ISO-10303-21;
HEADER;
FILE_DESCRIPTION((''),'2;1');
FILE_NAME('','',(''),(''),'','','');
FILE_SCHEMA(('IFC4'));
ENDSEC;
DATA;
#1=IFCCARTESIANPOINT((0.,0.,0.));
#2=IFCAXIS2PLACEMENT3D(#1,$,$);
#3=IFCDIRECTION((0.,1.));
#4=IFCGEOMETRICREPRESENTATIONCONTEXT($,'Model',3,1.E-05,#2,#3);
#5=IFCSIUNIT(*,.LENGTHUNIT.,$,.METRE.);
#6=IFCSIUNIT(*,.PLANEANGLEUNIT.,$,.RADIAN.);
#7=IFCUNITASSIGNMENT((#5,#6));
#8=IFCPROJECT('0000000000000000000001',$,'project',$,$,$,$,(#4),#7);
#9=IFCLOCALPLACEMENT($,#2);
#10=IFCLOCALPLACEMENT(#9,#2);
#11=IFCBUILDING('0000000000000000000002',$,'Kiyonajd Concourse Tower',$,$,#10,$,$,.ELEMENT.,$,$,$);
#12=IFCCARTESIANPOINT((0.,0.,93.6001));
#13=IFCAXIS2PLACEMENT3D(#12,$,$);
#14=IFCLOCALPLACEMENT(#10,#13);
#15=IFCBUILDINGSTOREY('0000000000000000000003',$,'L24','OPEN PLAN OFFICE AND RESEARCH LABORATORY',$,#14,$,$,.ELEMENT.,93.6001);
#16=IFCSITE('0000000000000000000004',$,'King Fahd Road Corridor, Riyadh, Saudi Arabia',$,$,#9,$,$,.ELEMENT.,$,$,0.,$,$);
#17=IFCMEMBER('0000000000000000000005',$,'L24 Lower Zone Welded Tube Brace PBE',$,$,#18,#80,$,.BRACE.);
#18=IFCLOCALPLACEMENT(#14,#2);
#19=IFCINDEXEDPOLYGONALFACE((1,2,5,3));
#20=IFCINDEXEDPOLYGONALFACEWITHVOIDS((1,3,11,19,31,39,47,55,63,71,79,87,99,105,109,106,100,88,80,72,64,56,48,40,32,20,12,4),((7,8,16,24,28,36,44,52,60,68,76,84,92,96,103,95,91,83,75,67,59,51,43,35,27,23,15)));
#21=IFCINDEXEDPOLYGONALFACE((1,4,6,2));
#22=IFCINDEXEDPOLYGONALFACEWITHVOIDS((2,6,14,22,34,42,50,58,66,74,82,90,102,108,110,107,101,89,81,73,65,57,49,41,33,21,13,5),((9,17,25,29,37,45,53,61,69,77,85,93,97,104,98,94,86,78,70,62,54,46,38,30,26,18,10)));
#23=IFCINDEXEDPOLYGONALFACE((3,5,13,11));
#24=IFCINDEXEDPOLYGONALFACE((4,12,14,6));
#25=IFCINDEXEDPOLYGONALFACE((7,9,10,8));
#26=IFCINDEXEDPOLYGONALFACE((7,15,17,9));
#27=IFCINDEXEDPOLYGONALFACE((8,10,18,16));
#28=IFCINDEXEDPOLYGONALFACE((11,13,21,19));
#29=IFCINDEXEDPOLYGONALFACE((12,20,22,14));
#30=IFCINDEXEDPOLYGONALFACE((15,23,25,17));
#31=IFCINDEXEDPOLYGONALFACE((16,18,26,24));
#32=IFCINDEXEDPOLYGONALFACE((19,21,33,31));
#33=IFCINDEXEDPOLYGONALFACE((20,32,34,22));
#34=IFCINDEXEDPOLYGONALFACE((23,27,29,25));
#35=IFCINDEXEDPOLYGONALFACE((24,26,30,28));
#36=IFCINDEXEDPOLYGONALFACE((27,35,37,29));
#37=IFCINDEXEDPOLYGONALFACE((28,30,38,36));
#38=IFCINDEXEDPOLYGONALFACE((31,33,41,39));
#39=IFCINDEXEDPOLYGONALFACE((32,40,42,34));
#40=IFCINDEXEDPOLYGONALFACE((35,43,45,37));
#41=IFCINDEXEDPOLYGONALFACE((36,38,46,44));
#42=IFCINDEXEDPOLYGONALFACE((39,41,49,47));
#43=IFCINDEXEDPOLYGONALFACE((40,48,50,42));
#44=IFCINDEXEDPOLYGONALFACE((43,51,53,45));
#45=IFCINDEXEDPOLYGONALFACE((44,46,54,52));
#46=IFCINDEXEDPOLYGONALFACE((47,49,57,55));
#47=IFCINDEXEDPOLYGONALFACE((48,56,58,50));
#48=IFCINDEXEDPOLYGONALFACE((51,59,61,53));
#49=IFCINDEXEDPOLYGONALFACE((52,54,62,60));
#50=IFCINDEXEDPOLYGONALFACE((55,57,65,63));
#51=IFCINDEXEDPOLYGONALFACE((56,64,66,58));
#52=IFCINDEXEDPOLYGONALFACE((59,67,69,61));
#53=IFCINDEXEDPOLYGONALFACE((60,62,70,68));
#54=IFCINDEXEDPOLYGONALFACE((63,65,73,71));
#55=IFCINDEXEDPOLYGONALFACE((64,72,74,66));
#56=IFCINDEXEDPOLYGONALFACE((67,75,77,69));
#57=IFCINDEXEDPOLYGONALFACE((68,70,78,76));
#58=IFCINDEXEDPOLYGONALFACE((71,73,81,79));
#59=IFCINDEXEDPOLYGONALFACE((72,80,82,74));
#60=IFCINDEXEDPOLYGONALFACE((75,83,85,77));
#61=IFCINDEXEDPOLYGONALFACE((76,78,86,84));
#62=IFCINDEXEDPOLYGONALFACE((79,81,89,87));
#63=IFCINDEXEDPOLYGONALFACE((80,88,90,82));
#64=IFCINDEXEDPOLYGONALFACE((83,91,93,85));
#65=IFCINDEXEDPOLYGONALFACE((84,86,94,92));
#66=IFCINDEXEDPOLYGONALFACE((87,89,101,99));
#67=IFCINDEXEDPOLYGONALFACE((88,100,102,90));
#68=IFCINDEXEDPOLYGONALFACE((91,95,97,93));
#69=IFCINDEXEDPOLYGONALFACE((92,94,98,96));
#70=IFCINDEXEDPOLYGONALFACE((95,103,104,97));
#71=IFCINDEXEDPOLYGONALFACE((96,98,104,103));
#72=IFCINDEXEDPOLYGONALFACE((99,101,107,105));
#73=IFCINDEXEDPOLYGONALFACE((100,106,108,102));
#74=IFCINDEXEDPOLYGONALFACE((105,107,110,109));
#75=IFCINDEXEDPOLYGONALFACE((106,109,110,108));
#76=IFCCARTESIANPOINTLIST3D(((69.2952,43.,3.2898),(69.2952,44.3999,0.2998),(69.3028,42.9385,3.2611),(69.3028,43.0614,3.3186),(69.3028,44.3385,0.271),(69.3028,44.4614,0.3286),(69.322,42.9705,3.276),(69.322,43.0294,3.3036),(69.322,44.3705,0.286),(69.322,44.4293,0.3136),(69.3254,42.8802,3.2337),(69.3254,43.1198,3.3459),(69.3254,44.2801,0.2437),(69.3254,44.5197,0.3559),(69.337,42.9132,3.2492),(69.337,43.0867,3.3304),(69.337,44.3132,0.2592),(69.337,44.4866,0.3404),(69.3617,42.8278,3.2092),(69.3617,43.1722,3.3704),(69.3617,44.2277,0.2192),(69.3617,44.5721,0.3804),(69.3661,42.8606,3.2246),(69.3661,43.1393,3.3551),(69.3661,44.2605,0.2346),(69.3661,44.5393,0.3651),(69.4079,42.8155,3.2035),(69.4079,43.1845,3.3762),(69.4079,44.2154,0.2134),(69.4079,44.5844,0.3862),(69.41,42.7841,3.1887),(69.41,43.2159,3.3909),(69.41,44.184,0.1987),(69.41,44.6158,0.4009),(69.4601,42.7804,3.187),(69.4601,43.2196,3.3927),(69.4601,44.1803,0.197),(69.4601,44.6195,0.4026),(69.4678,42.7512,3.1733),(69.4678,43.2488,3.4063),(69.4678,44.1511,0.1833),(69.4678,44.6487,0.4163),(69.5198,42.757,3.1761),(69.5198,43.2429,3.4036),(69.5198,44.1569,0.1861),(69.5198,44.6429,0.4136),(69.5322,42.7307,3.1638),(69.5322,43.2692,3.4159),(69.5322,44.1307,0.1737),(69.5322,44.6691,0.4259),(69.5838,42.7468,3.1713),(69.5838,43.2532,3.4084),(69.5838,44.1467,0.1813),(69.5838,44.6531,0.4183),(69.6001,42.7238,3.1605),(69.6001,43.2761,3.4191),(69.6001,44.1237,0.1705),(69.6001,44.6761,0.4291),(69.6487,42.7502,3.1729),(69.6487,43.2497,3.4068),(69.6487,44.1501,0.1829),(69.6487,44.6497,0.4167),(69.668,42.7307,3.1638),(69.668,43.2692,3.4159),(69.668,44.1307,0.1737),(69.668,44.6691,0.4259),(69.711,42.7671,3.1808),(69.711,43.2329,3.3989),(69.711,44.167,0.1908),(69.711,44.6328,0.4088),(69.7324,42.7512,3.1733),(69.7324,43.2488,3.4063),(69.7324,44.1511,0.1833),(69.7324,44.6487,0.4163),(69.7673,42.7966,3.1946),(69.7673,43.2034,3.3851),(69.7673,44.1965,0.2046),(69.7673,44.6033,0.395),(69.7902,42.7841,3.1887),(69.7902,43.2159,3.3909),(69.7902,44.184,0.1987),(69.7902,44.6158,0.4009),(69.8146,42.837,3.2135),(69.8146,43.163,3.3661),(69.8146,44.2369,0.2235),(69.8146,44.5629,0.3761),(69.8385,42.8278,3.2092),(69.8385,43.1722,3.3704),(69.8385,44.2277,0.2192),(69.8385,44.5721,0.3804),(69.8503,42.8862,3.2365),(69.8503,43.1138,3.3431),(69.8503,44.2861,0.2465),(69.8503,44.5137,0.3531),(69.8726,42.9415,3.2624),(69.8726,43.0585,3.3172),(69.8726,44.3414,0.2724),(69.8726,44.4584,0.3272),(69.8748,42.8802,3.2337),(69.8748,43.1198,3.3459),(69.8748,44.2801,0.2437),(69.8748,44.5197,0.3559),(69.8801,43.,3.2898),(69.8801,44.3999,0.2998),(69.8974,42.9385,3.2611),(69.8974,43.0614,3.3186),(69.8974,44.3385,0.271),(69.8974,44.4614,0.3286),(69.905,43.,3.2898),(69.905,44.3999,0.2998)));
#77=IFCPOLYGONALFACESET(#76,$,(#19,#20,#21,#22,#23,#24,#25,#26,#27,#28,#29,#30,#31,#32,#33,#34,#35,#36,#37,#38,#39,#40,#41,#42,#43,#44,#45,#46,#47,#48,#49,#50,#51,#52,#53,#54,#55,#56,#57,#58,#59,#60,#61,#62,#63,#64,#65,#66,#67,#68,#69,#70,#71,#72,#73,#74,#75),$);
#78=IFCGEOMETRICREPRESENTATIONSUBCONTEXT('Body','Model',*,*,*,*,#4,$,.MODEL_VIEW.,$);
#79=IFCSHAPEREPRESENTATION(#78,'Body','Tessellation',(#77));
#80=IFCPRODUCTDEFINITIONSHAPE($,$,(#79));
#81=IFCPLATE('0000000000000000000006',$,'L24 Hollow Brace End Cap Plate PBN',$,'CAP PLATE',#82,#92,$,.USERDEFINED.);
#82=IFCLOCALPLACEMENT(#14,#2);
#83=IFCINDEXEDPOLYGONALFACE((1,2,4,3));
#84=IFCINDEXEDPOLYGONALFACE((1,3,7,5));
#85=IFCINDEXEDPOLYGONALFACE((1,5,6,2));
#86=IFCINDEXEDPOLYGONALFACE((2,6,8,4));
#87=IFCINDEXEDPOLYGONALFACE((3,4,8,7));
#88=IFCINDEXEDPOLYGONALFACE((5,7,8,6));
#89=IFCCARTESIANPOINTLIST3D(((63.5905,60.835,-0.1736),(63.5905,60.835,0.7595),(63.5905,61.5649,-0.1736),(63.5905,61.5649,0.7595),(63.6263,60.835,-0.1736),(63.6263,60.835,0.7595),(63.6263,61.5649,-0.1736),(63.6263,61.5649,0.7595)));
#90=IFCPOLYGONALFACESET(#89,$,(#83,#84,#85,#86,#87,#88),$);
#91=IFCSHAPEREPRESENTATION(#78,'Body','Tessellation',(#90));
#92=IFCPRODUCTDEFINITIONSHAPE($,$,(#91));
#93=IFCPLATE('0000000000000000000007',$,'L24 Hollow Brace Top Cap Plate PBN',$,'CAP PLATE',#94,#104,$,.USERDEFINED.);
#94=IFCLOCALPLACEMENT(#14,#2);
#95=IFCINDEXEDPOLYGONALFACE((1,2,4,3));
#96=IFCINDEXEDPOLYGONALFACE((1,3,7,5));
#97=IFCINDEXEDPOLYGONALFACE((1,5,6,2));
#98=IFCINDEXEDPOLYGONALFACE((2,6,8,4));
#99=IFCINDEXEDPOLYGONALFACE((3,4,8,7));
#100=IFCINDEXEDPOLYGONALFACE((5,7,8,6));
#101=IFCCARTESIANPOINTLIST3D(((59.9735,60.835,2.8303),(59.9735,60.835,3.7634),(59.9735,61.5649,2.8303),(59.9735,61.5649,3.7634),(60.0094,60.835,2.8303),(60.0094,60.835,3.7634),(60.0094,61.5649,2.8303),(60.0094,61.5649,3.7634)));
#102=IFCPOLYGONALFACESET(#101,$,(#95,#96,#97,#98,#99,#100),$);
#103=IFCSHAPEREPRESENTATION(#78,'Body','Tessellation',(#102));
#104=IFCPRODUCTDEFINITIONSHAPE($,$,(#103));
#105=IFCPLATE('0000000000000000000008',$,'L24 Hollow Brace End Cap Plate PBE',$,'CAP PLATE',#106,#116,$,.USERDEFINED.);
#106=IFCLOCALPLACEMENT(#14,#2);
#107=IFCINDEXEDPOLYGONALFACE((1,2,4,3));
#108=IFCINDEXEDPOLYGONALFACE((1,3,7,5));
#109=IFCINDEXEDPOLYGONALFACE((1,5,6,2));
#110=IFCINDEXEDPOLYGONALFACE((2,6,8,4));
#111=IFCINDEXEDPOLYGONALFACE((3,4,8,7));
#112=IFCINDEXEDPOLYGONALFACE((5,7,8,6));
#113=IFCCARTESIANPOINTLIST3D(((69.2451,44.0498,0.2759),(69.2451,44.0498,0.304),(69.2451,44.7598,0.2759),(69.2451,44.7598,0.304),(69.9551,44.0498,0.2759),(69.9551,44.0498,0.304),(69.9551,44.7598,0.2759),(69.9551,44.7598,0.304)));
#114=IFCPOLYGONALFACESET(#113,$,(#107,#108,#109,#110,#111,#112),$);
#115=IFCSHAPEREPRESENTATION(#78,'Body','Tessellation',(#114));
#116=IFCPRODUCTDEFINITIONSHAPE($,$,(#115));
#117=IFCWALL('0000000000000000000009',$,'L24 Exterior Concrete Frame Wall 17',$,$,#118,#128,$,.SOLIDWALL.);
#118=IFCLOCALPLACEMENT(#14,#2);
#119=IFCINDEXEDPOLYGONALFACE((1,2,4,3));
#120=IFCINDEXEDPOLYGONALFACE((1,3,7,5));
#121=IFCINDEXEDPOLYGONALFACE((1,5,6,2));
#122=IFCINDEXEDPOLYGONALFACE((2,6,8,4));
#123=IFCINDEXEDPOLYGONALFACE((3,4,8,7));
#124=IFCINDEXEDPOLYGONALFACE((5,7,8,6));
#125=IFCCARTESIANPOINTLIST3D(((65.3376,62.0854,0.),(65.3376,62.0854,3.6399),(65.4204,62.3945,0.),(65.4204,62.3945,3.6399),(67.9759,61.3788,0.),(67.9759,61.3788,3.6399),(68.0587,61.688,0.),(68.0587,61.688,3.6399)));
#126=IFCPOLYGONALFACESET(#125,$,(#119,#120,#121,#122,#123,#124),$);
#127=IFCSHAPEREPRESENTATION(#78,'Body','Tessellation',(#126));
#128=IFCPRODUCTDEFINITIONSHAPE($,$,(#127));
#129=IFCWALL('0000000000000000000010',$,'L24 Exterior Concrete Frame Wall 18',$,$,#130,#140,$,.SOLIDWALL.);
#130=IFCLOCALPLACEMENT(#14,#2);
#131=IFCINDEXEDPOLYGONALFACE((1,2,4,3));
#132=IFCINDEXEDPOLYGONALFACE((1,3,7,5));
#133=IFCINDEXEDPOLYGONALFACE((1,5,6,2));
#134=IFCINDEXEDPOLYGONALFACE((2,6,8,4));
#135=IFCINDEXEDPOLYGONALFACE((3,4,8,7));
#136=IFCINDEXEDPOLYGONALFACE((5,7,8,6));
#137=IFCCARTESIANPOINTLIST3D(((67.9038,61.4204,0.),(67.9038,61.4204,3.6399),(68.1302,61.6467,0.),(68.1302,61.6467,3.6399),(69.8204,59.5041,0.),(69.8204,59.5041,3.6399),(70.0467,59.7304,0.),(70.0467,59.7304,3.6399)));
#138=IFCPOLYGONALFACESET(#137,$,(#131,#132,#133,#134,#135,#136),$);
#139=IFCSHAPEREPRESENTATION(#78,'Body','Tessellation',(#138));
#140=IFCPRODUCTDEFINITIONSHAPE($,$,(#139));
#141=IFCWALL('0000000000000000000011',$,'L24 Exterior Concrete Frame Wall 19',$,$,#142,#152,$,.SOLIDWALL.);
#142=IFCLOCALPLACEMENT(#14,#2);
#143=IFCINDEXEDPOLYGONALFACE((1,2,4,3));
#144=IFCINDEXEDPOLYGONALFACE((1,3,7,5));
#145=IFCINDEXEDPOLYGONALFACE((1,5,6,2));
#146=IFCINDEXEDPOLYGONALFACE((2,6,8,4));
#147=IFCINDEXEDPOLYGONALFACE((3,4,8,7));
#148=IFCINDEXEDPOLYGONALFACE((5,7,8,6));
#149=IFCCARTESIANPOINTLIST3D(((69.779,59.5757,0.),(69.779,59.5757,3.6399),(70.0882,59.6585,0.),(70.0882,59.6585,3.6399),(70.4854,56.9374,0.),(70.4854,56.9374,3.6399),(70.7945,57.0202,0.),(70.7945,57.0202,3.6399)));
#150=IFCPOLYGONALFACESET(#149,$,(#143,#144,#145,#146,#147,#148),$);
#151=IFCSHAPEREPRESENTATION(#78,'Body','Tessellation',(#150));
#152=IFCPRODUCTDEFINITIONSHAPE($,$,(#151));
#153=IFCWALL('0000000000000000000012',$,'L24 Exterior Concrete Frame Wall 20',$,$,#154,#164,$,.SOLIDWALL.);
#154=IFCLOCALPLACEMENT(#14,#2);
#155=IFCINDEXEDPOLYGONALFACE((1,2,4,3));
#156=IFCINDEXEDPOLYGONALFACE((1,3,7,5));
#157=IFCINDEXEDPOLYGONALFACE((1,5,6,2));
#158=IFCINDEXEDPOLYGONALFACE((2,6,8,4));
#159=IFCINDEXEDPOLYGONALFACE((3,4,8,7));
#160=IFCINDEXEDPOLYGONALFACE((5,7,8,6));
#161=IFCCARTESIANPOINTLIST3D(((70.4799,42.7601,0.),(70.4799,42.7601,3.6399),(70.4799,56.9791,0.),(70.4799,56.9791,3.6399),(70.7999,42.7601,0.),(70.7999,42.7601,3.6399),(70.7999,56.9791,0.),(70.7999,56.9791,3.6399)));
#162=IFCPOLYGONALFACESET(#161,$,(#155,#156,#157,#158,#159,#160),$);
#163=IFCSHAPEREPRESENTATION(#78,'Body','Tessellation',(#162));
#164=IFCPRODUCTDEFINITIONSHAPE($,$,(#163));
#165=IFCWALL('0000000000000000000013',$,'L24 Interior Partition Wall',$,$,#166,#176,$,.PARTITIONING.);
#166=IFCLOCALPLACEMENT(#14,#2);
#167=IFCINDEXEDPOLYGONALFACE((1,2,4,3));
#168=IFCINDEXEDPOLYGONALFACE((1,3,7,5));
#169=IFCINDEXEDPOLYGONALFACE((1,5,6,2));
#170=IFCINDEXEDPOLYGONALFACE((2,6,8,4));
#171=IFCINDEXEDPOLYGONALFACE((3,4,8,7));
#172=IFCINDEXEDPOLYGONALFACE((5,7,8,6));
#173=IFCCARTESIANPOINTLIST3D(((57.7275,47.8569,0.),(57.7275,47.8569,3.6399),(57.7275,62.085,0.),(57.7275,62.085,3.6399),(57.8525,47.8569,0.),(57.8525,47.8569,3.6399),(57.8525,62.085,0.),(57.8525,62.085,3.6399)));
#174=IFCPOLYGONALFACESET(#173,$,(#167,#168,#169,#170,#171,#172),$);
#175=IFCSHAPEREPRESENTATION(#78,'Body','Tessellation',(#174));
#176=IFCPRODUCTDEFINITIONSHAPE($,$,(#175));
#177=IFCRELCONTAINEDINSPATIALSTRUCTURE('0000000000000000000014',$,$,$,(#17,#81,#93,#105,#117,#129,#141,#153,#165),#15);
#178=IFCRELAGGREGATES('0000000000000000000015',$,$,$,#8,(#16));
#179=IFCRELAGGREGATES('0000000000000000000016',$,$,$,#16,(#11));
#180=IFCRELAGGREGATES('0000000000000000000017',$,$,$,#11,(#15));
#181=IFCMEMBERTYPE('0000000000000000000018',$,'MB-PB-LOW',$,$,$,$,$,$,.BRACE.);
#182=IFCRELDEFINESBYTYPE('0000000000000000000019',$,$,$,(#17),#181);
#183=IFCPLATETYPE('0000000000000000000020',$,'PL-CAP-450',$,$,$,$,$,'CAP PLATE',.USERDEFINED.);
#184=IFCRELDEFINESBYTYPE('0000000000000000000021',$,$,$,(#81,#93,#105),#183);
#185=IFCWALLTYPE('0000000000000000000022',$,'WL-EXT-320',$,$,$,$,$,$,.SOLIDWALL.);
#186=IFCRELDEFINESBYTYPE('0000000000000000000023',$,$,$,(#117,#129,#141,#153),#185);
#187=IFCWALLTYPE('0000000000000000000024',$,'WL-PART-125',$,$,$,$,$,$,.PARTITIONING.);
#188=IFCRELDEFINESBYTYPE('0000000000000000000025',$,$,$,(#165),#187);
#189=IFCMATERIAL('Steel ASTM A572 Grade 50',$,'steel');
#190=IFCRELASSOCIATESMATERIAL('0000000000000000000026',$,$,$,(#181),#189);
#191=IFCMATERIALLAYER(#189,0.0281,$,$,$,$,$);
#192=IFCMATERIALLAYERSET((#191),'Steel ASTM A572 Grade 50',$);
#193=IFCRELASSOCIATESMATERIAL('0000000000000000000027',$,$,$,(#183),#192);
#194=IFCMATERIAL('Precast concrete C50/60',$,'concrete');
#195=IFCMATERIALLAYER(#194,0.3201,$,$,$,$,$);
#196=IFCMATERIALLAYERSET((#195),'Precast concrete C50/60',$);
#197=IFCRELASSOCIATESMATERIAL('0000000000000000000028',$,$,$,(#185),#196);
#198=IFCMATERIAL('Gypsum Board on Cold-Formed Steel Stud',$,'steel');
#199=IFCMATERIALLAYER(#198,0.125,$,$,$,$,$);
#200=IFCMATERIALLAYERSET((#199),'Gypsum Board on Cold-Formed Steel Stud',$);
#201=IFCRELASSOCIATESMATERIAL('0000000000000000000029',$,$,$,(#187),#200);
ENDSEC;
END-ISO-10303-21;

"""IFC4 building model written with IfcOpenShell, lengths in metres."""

from ifc_helpers import new_model, si_unit, direction, frame, frame_2d, origin, origin_2d, place, context, subcontext, project, spatial, rectangle, hollow_circle, extrude, material, layer, layer_set, material_profile, profile_set, type_object, element, save


model = new_model("IFC4")

# Units and contexts
model_context = context("Model", 3, precision=1e-05, world=origin(), true_north=direction((0.0, 1.0)))
body_context = subcontext(model_context, "Body", "Model", "MODEL_VIEW")
ifc_project = project(units=[si_unit("LENGTHUNIT", "METRE"), si_unit("PLANEANGLEUNIT", "RADIAN")], contexts=[model_context])

# Site, building, storey
site_placement = place(None, origin())
site = spatial("IfcSite", under=ifc_project, at=site_placement, Name="King Fahd Road Corridor, Riyadh, Saudi Arabia", CompositionType="ELEMENT", RefElevation=0.0)
building_placement = place(site_placement, origin())
building = spatial("IfcBuilding", under=site, at=building_placement, Name="Kiyonajd Concourse Tower", CompositionType="ELEMENT")
storey_placement = place(building_placement, frame((0.0, 0.0, 93.6001)))
storey = spatial("IfcBuildingStorey", under=building, at=storey_placement, Name="L24", Description="OPEN PLAN OFFICE AND RESEARCH LABORATORY", CompositionType="ELEMENT", Elevation=93.6001)

# Shared definitions
ifc_material_1 = material(Name="Precast concrete C50/60", Category="concrete")

# Member
ifc_material_2 = material(Name="Steel ASTM A572 Grade 50", Category="steel")
ifc_material_profile_1 = material_profile(ifc_material_2, hollow_circle(Radius=0.3049, WallThickness=0.0249, at=origin_2d()), Name="CHS-610x25")
ifc_profile_set_1 = profile_set([ifc_material_profile_1], Name="Steel ASTM A572 Grade 50")
member_type = type_object("IfcMemberType", Name="MB-PB-LOW", PredefinedType="BRACE", material=ifc_profile_set_1)
member_1_placement = place(storey_placement, frame((69.6001, 44.3999, 0.2998), z_axis=(0.0, -0.424023, 0.905652), x_axis=(1.0, 0.0, 0.0)))
element("IfcMember", 1, at=member_1_placement, inside=storey, type_object=member_type, Name="L24 Lower Zone Welded Tube Brace PBE", PredefinedType="BRACE", context=body_context, shape_type="SweptSolid", body=[
    extrude(hollow_circle(Radius=0.3049, WallThickness=0.0249, at=origin_2d()), origin(), (0.0, 0.0, 1.0), 3.3015),
])

# Plates
ifc_layer_1 = layer(ifc_material_2, 0.0281)
ifc_layer_set_1 = layer_set([ifc_layer_1], Name="Steel ASTM A572 Grade 50")
plate_type = type_object("IfcPlateType", Name="PL-CAP-450", ElementType="CAP PLATE", PredefinedType="USERDEFINED", material=ifc_layer_set_1)
for number, where, z_axis, x_axis, name in (
    (2, (63.6084, 61.2, -0.1736), (0.0, 0.0, 1.0), (1.0, 0.0, 0.0), "L24 Hollow Brace End Cap Plate PBN"),
    (3, (59.9915, 61.2, 2.8303), (0.0, 0.0, 1.0), (-1.0, 0.0, 0.0), "L24 Hollow Brace Top Cap Plate PBN"),
):
    element("IfcPlate", number, at=place(storey_placement, frame(where, z_axis=z_axis, x_axis=x_axis)), inside=storey, type_object=plate_type, Name=name, ObjectType="CAP PLATE", PredefinedType="USERDEFINED", context=body_context, shape_type="SweptSolid", body=[
        extrude(rectangle(XDim=0.0359, YDim=0.73, at=origin_2d()), origin(), (0.0, 0.0, 1.0), 0.9331),
    ])
plate_placement = place(storey_placement, frame((69.6001, 44.4048, 0.2759), z_axis=(0.0, 0.0, 1.0), x_axis=(1.0, 0.0, 0.0)))
element("IfcPlate", 4, at=plate_placement, inside=storey, type_object=plate_type, Name="L24 Hollow Brace End Cap Plate PBE", ObjectType="CAP PLATE", PredefinedType="USERDEFINED", context=body_context, shape_type="SweptSolid", body=[
    extrude(rectangle(XDim=0.71, YDim=0.71, at=origin_2d()), origin(), (0.0, 0.0, 1.0), 0.0281),
])

# Walls
ifc_layer_2 = layer(ifc_material_1, 0.3201)
ifc_layer_set_2 = layer_set([ifc_layer_2], Name="Precast concrete C50/60")
wall_type_1 = type_object("IfcWallType", Name="WL-EXT-320", PredefinedType="SOLIDWALL", material=ifc_layer_set_2)
wall_1_placement = place(storey_placement, frame((65.3789, 62.24, 0.0), z_axis=(0.0, 0.0, 1.0), x_axis=(0.965958, -0.258697, 0.0)))
element("IfcWall", 5, at=wall_1_placement, inside=storey, type_object=wall_type_1, Name="L24 Exterior Concrete Frame Wall 17", PredefinedType="SOLIDWALL", context=body_context, shape_type="SweptSolid", body=[
    extrude(rectangle(XDim=2.7312, YDim=0.3201, at=frame_2d((1.3657, 0.0))), origin(), (0.0, 0.0, 1.0), 3.6399),
])
wall_2_placement = place(storey_placement, frame((68.0171, 61.5334, 0.0), z_axis=(0.0, 0.0, 1.0), x_axis=(0.707152, -0.707062, 0.0)))
element("IfcWall", 6, at=wall_2_placement, inside=storey, type_object=wall_type_1, Name="L24 Exterior Concrete Frame Wall 18", PredefinedType="SOLIDWALL", context=body_context, shape_type="SweptSolid", body=[
    extrude(rectangle(XDim=2.7102, YDim=0.3201, at=frame_2d((1.355, 0.0))), origin(), (0.0, 0.0, 1.0), 3.6399),
])
wall_3_placement = place(storey_placement, frame((69.9336, 59.6172, 0.0), z_axis=(0.0, 0.0, 1.0), x_axis=(0.258614, -0.965981, 0.0)))
element("IfcWall", 7, at=wall_3_placement, inside=storey, type_object=wall_type_1, Name="L24 Exterior Concrete Frame Wall 19", PredefinedType="SOLIDWALL", context=body_context, shape_type="SweptSolid", body=[
    extrude(rectangle(XDim=2.7312, YDim=0.3201, at=frame_2d((1.3657, 0.0))), origin(), (0.0, 0.0, 1.0), 3.6399),
])
wall_4_placement = place(storey_placement, frame((70.6399, 56.979, 0.0), z_axis=(0.0, 0.0, 1.0), x_axis=(0.0, -1.0, 0.0)))
element("IfcWall", 8, at=wall_4_placement, inside=storey, type_object=wall_type_1, Name="L24 Exterior Concrete Frame Wall 20", PredefinedType="SOLIDWALL", context=body_context, shape_type="SweptSolid", body=[
    extrude(rectangle(XDim=14.219, YDim=0.3201, at=frame_2d((7.1094, 0.0))), origin(), (0.0, 0.0, 1.0), 3.6399),
])
ifc_material_3 = material(Name="Gypsum Board on Cold-Formed Steel Stud", Category="steel")
ifc_layer_3 = layer(ifc_material_3, 0.125)
ifc_layer_set_3 = layer_set([ifc_layer_3], Name="Gypsum Board on Cold-Formed Steel Stud")
wall_type_2 = type_object("IfcWallType", Name="WL-PART-125", PredefinedType="PARTITIONING", material=ifc_layer_set_3)
wall_5_placement = place(storey_placement, frame((57.79, 47.8569, 0.0), z_axis=(0.0, 0.0, 1.0), x_axis=(0.0, 1.0, 0.0)))
element("IfcWall", 9, at=wall_5_placement, inside=storey, type_object=wall_type_2, Name="L24 Interior Partition Wall", PredefinedType="PARTITIONING", context=body_context, shape_type="SweptSolid", body=[
    extrude(rectangle(XDim=14.228, YDim=0.125, at=frame_2d((7.114, 0.0))), origin(), (0.0, 0.0, 1.0), 3.6399),
])

save(model, "model.ifc")
